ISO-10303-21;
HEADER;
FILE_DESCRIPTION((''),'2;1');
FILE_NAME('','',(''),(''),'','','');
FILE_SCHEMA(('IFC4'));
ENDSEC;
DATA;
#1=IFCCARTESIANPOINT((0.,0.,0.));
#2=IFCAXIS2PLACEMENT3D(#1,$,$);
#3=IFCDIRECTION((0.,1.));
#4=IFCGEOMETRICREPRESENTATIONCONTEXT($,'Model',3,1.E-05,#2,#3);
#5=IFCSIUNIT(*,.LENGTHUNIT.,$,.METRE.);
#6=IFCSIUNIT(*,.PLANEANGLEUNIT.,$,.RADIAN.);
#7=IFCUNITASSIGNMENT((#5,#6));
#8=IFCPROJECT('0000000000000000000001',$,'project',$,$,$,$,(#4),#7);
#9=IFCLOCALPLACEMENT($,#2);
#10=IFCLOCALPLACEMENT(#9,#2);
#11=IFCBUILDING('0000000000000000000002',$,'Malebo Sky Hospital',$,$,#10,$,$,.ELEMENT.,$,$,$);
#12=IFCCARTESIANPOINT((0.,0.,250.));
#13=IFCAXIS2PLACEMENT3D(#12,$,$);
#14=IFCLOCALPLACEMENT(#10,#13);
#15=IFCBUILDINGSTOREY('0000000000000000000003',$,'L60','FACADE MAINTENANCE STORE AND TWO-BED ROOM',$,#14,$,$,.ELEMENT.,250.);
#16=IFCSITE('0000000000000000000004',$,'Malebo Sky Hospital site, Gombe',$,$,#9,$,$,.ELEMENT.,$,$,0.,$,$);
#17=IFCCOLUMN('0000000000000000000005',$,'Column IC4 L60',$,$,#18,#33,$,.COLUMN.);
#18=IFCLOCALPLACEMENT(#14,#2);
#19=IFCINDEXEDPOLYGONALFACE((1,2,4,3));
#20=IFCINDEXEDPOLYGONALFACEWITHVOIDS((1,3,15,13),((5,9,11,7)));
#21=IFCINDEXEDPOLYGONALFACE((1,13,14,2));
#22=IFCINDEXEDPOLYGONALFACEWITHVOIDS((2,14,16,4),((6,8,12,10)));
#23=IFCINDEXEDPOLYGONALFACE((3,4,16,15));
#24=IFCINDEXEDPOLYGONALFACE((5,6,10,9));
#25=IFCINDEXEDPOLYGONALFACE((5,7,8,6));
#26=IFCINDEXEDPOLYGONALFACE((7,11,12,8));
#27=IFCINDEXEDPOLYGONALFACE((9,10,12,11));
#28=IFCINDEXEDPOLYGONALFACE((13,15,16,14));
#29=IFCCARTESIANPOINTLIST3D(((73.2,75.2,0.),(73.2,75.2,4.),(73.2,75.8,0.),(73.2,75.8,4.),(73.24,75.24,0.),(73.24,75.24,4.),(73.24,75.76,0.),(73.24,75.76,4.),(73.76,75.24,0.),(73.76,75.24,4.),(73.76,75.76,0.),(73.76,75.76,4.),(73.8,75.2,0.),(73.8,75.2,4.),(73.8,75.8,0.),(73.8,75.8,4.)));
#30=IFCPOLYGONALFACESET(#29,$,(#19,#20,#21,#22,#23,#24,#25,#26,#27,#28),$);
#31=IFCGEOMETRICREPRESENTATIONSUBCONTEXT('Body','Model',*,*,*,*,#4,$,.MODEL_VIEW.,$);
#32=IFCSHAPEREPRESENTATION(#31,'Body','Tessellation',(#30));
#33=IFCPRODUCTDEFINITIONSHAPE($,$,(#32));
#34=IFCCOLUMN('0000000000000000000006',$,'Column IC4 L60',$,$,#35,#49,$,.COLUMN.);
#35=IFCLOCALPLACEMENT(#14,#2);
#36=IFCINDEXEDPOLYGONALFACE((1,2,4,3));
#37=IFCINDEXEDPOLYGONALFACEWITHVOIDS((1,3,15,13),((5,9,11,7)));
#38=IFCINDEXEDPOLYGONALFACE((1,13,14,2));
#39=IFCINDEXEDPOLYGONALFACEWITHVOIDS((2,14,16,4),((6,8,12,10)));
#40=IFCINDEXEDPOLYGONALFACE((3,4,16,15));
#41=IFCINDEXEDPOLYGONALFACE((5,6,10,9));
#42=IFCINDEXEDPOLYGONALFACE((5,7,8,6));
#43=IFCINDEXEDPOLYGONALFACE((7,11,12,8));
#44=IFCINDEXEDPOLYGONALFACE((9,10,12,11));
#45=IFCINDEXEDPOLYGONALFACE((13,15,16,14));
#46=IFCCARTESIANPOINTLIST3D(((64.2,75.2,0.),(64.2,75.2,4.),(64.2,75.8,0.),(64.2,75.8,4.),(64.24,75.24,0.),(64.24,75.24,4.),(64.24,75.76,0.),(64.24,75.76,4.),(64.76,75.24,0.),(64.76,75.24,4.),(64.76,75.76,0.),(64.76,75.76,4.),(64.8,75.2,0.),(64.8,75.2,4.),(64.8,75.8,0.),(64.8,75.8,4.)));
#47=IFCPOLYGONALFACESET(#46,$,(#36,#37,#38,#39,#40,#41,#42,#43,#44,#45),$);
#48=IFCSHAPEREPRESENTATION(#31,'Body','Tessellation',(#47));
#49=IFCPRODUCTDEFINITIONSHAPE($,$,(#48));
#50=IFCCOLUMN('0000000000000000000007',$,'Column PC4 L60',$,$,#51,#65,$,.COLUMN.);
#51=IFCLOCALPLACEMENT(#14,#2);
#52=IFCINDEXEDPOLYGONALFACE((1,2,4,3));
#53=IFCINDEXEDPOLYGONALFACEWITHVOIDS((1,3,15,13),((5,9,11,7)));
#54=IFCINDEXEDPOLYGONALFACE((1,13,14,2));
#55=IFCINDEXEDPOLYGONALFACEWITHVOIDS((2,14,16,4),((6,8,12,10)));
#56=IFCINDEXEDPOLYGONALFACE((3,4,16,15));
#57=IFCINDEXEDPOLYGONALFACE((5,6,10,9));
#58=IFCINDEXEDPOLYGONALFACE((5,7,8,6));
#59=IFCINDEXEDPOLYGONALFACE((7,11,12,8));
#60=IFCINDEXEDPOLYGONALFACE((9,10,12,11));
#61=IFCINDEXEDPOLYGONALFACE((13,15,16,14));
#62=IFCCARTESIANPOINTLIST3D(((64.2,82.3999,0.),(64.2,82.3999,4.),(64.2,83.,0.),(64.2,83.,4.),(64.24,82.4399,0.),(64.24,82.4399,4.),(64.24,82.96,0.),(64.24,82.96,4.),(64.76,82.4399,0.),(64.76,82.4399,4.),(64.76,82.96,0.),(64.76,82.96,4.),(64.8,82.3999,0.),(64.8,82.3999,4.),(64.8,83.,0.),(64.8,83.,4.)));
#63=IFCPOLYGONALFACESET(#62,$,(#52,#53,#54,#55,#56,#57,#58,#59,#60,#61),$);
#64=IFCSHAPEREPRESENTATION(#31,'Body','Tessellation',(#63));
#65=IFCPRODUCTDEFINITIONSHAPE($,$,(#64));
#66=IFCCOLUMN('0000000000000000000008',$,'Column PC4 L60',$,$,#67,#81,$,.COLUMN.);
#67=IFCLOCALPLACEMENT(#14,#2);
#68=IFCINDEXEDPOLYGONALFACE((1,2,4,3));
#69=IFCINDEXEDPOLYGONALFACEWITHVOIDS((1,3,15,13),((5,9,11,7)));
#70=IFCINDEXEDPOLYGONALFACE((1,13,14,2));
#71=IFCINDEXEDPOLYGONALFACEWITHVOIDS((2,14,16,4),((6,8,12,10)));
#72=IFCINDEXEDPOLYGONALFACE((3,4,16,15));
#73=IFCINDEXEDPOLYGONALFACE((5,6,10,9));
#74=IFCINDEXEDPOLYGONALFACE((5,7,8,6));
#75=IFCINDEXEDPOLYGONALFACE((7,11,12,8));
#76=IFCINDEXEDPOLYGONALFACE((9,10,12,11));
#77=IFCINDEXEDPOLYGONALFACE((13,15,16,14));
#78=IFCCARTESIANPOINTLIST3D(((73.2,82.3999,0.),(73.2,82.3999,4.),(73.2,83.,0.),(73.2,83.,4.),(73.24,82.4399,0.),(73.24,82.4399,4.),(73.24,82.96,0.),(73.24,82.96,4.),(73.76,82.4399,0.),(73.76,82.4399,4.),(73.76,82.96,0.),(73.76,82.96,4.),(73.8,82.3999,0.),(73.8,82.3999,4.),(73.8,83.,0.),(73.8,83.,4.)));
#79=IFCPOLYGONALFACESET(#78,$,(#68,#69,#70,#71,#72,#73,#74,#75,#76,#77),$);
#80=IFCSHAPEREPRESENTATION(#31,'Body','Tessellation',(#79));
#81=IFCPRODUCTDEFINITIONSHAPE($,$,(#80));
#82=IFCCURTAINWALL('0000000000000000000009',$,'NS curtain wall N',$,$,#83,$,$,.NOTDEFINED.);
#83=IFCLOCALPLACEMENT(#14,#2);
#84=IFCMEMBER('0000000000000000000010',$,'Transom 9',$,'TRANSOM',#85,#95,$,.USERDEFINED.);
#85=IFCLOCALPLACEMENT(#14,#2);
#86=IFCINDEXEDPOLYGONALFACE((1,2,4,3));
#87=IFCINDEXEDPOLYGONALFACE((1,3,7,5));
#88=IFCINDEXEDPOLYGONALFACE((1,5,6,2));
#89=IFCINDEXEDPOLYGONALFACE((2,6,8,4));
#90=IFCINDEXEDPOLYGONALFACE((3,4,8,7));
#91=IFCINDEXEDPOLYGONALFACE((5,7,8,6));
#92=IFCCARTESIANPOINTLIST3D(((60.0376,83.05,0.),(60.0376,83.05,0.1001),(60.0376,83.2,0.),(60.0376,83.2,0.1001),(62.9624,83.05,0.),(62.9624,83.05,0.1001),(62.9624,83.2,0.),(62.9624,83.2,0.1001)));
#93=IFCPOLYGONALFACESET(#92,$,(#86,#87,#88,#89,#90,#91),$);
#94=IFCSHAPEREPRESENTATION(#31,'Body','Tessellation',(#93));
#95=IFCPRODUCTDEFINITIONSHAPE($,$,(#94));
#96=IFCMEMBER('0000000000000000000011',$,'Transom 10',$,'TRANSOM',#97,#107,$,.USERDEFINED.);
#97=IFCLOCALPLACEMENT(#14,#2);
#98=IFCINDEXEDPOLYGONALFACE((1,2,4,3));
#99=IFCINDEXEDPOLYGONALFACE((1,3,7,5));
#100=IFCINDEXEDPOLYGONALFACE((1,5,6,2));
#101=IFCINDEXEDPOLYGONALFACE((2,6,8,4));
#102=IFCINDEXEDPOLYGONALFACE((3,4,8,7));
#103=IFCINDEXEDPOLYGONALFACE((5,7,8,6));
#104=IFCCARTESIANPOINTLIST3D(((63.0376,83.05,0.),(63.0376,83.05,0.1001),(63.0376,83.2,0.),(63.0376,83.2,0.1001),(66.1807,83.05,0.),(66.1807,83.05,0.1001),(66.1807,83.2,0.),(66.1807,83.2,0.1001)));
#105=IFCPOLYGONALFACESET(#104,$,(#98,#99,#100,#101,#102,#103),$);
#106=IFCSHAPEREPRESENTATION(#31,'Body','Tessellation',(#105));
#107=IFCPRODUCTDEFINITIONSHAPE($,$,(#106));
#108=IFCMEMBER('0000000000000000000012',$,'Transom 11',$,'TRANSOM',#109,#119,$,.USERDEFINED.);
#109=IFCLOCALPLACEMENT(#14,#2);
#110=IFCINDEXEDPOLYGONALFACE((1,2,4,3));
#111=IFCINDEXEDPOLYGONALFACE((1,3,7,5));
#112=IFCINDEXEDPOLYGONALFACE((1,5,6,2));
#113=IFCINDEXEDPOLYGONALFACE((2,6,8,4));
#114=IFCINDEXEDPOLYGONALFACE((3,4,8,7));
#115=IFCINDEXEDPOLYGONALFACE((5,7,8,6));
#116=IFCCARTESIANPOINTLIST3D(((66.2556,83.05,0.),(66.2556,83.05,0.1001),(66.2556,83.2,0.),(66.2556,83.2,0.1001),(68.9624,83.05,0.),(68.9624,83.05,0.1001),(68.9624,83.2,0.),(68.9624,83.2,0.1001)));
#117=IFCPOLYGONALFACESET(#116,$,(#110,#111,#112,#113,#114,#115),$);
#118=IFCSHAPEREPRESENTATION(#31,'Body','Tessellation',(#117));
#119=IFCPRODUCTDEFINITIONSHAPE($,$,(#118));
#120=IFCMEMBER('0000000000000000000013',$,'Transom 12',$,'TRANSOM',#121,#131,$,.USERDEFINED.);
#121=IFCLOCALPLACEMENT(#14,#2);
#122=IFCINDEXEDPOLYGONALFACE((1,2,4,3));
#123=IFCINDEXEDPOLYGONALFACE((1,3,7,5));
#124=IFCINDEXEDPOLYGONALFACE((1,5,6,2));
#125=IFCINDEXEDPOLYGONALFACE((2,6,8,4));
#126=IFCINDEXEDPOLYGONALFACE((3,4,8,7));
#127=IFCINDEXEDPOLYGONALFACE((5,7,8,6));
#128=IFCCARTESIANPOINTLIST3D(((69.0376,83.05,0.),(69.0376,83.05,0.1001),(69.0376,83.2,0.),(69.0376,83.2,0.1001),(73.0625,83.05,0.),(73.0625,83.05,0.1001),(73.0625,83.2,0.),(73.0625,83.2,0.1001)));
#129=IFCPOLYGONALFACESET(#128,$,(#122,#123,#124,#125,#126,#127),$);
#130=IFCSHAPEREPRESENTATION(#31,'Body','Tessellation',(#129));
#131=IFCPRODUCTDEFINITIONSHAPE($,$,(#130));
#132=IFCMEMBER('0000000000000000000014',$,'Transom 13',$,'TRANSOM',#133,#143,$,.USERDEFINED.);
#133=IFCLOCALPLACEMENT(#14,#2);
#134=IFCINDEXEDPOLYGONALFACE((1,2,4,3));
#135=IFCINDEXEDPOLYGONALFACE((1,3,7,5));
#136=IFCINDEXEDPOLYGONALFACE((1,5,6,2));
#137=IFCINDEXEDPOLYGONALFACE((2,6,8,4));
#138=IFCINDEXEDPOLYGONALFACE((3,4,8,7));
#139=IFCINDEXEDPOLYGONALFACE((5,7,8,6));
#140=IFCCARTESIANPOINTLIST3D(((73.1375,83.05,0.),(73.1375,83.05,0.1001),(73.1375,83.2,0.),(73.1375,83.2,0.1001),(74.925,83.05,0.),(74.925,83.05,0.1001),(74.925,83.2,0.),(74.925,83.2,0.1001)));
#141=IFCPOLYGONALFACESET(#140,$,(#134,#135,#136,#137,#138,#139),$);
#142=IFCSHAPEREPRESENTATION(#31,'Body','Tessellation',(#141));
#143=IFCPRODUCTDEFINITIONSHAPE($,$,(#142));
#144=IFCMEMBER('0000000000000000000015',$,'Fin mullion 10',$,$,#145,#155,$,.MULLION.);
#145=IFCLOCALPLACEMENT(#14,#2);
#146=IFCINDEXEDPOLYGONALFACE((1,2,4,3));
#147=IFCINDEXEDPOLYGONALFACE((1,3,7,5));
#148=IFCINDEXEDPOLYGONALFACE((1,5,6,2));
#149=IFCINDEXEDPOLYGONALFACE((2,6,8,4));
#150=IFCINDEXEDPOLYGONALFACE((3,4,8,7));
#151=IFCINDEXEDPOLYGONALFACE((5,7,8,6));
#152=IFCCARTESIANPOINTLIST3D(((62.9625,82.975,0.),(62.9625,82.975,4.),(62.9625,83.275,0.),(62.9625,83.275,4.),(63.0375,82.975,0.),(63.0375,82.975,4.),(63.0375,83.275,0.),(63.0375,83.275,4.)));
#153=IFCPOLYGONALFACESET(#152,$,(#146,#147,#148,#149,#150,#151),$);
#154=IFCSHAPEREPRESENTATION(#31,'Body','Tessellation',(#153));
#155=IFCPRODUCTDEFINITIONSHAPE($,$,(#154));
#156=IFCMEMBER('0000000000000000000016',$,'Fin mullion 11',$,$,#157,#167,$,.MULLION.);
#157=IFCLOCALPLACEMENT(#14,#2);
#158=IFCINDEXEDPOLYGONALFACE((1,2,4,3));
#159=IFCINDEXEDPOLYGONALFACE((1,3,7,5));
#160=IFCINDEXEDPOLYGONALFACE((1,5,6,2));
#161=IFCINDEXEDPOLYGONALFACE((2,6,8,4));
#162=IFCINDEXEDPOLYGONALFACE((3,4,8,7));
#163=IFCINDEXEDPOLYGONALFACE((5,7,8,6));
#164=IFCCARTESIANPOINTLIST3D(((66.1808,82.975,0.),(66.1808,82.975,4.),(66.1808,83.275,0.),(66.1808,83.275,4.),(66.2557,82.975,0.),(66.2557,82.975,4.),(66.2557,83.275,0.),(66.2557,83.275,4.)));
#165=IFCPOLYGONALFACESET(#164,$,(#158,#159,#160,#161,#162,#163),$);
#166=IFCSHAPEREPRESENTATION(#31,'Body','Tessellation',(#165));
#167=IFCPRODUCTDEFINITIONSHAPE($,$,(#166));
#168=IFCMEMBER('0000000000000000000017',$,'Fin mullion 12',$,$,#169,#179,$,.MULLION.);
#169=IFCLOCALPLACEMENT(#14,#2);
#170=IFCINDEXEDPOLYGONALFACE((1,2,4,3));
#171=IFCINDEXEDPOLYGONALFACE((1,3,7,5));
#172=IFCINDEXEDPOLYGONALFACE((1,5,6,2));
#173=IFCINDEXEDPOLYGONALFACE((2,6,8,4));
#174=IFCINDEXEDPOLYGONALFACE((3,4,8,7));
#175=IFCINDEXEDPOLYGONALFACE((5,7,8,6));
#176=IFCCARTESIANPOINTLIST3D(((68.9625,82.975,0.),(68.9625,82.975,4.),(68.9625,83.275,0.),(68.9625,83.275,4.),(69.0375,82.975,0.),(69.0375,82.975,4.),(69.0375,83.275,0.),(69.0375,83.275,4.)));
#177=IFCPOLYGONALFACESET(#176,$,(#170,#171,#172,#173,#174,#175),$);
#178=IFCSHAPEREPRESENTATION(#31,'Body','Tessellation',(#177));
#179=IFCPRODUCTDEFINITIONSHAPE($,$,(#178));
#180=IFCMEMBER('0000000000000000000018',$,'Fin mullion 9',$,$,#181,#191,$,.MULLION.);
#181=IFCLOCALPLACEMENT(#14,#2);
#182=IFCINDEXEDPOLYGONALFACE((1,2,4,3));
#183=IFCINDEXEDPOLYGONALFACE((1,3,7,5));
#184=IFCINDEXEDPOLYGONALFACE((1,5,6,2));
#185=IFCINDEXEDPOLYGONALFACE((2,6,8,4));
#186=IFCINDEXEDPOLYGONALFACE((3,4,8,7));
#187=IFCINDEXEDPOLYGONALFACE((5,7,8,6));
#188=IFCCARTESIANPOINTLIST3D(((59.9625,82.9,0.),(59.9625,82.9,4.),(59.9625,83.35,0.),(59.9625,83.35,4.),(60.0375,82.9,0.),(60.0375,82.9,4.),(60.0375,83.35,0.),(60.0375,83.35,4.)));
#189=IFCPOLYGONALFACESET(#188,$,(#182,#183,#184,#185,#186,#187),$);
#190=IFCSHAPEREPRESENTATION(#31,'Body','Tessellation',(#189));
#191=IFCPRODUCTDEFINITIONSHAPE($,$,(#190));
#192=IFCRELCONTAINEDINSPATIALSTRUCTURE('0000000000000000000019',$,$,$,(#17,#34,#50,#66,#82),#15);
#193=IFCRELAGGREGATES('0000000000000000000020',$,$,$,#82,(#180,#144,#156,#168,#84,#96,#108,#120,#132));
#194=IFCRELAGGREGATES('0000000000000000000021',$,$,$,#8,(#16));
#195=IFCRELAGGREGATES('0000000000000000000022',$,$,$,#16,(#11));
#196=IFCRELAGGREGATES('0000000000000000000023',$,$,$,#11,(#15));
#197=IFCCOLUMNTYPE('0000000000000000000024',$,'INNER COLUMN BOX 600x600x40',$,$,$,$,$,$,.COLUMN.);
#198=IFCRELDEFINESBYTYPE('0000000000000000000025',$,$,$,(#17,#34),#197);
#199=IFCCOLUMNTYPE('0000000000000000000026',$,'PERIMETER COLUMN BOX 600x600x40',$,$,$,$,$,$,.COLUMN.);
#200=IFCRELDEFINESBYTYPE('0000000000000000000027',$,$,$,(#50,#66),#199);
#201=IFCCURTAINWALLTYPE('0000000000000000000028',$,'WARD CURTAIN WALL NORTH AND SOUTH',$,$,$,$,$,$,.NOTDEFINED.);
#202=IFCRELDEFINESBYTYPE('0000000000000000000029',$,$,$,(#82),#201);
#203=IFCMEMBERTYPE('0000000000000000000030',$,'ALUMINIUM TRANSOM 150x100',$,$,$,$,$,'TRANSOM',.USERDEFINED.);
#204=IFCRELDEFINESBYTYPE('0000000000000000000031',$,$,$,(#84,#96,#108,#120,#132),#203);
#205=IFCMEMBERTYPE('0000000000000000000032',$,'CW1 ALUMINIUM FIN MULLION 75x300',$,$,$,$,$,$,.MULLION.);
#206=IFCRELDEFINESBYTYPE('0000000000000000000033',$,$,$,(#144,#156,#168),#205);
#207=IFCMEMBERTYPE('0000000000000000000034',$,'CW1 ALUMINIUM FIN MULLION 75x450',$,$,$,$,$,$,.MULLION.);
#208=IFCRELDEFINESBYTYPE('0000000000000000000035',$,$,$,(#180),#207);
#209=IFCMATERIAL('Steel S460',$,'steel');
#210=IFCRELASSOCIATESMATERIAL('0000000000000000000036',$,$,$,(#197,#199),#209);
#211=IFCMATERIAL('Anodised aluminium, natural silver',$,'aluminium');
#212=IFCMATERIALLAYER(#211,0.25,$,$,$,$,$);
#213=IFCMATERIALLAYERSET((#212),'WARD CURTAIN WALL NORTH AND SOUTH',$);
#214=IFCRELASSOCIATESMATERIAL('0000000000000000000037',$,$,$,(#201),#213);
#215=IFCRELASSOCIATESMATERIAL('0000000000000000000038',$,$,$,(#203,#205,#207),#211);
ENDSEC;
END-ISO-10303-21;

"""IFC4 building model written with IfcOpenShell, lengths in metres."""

from ifc_helpers import new_model, si_unit, direction, frame, origin, origin_2d, place, context, subcontext, project, spatial, rectangle, hollow_rectangle, extrude, material, layer, layer_set, material_profile, profile_set, type_object, element, aggregate, save


model = new_model("IFC4")

# Units and contexts
model_context = context("Model", 3, precision=1e-05, world=origin(), true_north=direction((0.0, 1.0)))
body_context = subcontext(model_context, "Body", "Model", "MODEL_VIEW")
ifc_project = project(units=[si_unit("LENGTHUNIT", "METRE"), si_unit("PLANEANGLEUNIT", "RADIAN")], contexts=[model_context])

# Site, building, storey
site_placement = place(None, origin())
site = spatial("IfcSite", under=ifc_project, at=site_placement, Name="Malebo Sky Hospital site, Gombe", CompositionType="ELEMENT", RefElevation=0.0)
building_placement = place(site_placement, origin())
building = spatial("IfcBuilding", under=site, at=building_placement, Name="Malebo Sky Hospital", CompositionType="ELEMENT")
storey_placement = place(building_placement, frame((0.0, 0.0, 250.0)))
storey = spatial("IfcBuildingStorey", under=building, at=storey_placement, Name="L60", Description="FACADE MAINTENANCE STORE AND TWO-BED ROOM", CompositionType="ELEMENT", Elevation=250.0)

# Columns
ifc_material_1 = material(Name="Steel S460", Category="steel")
ifc_material_profile_1 = material_profile(ifc_material_1, hollow_rectangle(XDim=0.6001, YDim=0.6001, WallThickness=0.04, at=origin_2d()), Name="BOX 600x600x40")
ifc_profile_set_1 = profile_set([ifc_material_profile_1], Name="Steel S460")
column_type_1 = type_object("IfcColumnType", Name="INNER COLUMN BOX 600x600x40", PredefinedType="COLUMN", material=ifc_profile_set_1)
for number, where, z_axis, x_axis, name in (
    (1, (73.5, 75.5, 0.0), (0.0, 0.0, 1.0), (1.0, 0.0, 0.0), "Column IC4 L60"),
    (2, (64.5, 75.5, 0.0), (0.0, 0.0, 1.0), (1.0, 0.0, 0.0), "Column IC4 L60"),
):
    element("IfcColumn", number, at=place(storey_placement, frame(where, z_axis=z_axis, x_axis=x_axis)), inside=storey, type_object=column_type_1, Name=name, PredefinedType="COLUMN", context=body_context, shape_type="SweptSolid", body=[
        extrude(hollow_rectangle(XDim=0.6001, YDim=0.6001, WallThickness=0.04, at=origin_2d()), origin(), (0.0, 0.0, 1.0), 4.0),
    ])
ifc_material_profile_2 = material_profile(ifc_material_1, hollow_rectangle(XDim=0.6001, YDim=0.6001, WallThickness=0.04, at=origin_2d()), Name="BOX 600x600x40")
ifc_profile_set_2 = profile_set([ifc_material_profile_2], Name="Steel S460")
column_type_2 = type_object("IfcColumnType", Name="PERIMETER COLUMN BOX 600x600x40", PredefinedType="COLUMN", material=ifc_profile_set_2)
for number, where, z_axis, x_axis, name in (
    (3, (64.5, 82.7, 0.0), (0.0, 0.0, 1.0), (1.0, 0.0, 0.0), "Column PC4 L60"),
    (4, (73.5, 82.7, 0.0), (0.0, 0.0, 1.0), (1.0, 0.0, 0.0), "Column PC4 L60"),
):
    element("IfcColumn", number, at=place(storey_placement, frame(where, z_axis=z_axis, x_axis=x_axis)), inside=storey, type_object=column_type_2, Name=name, PredefinedType="COLUMN", context=body_context, shape_type="SweptSolid", body=[
        extrude(hollow_rectangle(XDim=0.6001, YDim=0.6001, WallThickness=0.04, at=origin_2d()), origin(), (0.0, 0.0, 1.0), 4.0),
    ])

# Curtain wall, members
ifc_material_2 = material(Name="Anodised aluminium, natural silver", Category="aluminium")
ifc_layer_1 = layer(ifc_material_2, 0.25)
ifc_layer_set_1 = layer_set([ifc_layer_1], Name="WARD CURTAIN WALL NORTH AND SOUTH")
curtain_wall_type = type_object("IfcCurtainWallType", Name="WARD CURTAIN WALL NORTH AND SOUTH", PredefinedType="NOTDEFINED", material=ifc_layer_set_1)
curtain_wall_placement = place(storey_placement, origin())
curtain_wall = element("IfcCurtainWall", 5, at=curtain_wall_placement, inside=storey, type_object=curtain_wall_type, Name="NS curtain wall N", PredefinedType="NOTDEFINED")
ifc_material_profile_3 = material_profile(ifc_material_2, rectangle(XDim=0.1499, YDim=0.1001, at=origin_2d()), Name="ALUMINIUM TRANSOM 150x100")
ifc_profile_set_3 = profile_set([ifc_material_profile_3], Name="Anodised aluminium, natural silver")
member_type_1 = type_object("IfcMemberType", Name="ALUMINIUM TRANSOM 150x100", ElementType="TRANSOM", PredefinedType="USERDEFINED", material=ifc_profile_set_3)
member_1_placement = place(storey_placement, frame((60.0376, 83.125, 0.05), z_axis=(1.0, 0.0, 0.0), x_axis=(0.0, 1.0, 0.0)))
member_1 = element("IfcMember", 6, at=member_1_placement, type_object=member_type_1, Name="Transom 9", ObjectType="TRANSOM", PredefinedType="USERDEFINED", context=body_context, shape_type="SweptSolid", body=[
    extrude(rectangle(XDim=0.1499, YDim=0.1001, at=origin_2d()), origin(), (0.0, 0.0, 1.0), 2.9248),
])
member_2_placement = place(storey_placement, frame((63.0376, 83.125, 0.05), z_axis=(1.0, 0.0, 0.0), x_axis=(0.0, 1.0, 0.0)))
member_2 = element("IfcMember", 7, at=member_2_placement, type_object=member_type_1, Name="Transom 10", ObjectType="TRANSOM", PredefinedType="USERDEFINED", context=body_context, shape_type="SweptSolid", body=[
    extrude(rectangle(XDim=0.1499, YDim=0.1001, at=origin_2d()), origin(), (0.0, 0.0, 1.0), 3.1431),
])
member_3_placement = place(storey_placement, frame((66.2556, 83.125, 0.05), z_axis=(1.0, 0.0, 0.0), x_axis=(0.0, 1.0, 0.0)))
member_3 = element("IfcMember", 8, at=member_3_placement, type_object=member_type_1, Name="Transom 11", ObjectType="TRANSOM", PredefinedType="USERDEFINED", context=body_context, shape_type="SweptSolid", body=[
    extrude(rectangle(XDim=0.1499, YDim=0.1001, at=origin_2d()), origin(), (0.0, 0.0, 1.0), 2.7068),
])
member_4_placement = place(storey_placement, frame((69.0376, 83.125, 0.05), z_axis=(1.0, 0.0, 0.0), x_axis=(0.0, 1.0, 0.0)))
member_4 = element("IfcMember", 9, at=member_4_placement, type_object=member_type_1, Name="Transom 12", ObjectType="TRANSOM", PredefinedType="USERDEFINED", context=body_context, shape_type="SweptSolid", body=[
    extrude(rectangle(XDim=0.1499, YDim=0.1001, at=origin_2d()), origin(), (0.0, 0.0, 1.0), 4.0249),
])
member_5_placement = place(storey_placement, frame((73.1375, 83.125, 0.05), z_axis=(1.0, 0.0, 0.0), x_axis=(0.0, 1.0, 0.0)))
member_5 = element("IfcMember", 10, at=member_5_placement, type_object=member_type_1, Name="Transom 13", ObjectType="TRANSOM", PredefinedType="USERDEFINED", context=body_context, shape_type="SweptSolid", body=[
    extrude(rectangle(XDim=0.1499, YDim=0.1001, at=origin_2d()), origin(), (0.0, 0.0, 1.0), 1.7876),
])
ifc_material_profile_4 = material_profile(ifc_material_2, rectangle(XDim=0.075, YDim=0.3, at=origin_2d()), Name="CW1 ALUMINIUM FIN MULLION 75x300")
ifc_profile_set_4 = profile_set([ifc_material_profile_4], Name="Anodised aluminium, natural silver")
member_type_2 = type_object("IfcMemberType", Name="CW1 ALUMINIUM FIN MULLION 75x300", PredefinedType="MULLION", material=ifc_profile_set_4)
member_6_placement = place(storey_placement, frame((63.0, 83.125, 0.0), z_axis=(0.0, 0.0, 1.0), x_axis=(1.0, 0.0, 0.0)))
member_6 = element("IfcMember", 11, at=member_6_placement, type_object=member_type_2, Name="Fin mullion 10", PredefinedType="MULLION", context=body_context, shape_type="SweptSolid", body=[
    extrude(rectangle(XDim=0.075, YDim=0.3, at=origin_2d()), origin(), (0.0, 0.0, 1.0), 4.0),
])
member_7_placement = place(storey_placement, frame((66.2183, 83.125, 0.0), z_axis=(0.0, 0.0, 1.0), x_axis=(1.0, 0.0, 0.0)))
member_7 = element("IfcMember", 12, at=member_7_placement, type_object=member_type_2, Name="Fin mullion 11", PredefinedType="MULLION", context=body_context, shape_type="SweptSolid", body=[
    extrude(rectangle(XDim=0.075, YDim=0.3, at=origin_2d()), origin(), (0.0, 0.0, 1.0), 4.0),
])
member_8_placement = place(storey_placement, frame((69.0, 83.125, 0.0), z_axis=(0.0, 0.0, 1.0), x_axis=(1.0, 0.0, 0.0)))
member_8 = element("IfcMember", 13, at=member_8_placement, type_object=member_type_2, Name="Fin mullion 12", PredefinedType="MULLION", context=body_context, shape_type="SweptSolid", body=[
    extrude(rectangle(XDim=0.075, YDim=0.3, at=origin_2d()), origin(), (0.0, 0.0, 1.0), 4.0),
])
ifc_material_profile_5 = material_profile(ifc_material_2, rectangle(XDim=0.075, YDim=0.45, at=origin_2d()), Name="CW1 ALUMINIUM FIN MULLION 75x450")
ifc_profile_set_5 = profile_set([ifc_material_profile_5], Name="Anodised aluminium, natural silver")
member_type_3 = type_object("IfcMemberType", Name="CW1 ALUMINIUM FIN MULLION 75x450", PredefinedType="MULLION", material=ifc_profile_set_5)
member_9_placement = place(storey_placement, frame((60.0, 83.125, 0.0), z_axis=(0.0, 0.0, 1.0), x_axis=(1.0, 0.0, 0.0)))
member_9 = element("IfcMember", 14, at=member_9_placement, type_object=member_type_3, Name="Fin mullion 9", PredefinedType="MULLION", context=body_context, shape_type="SweptSolid", body=[
    extrude(rectangle(XDim=0.075, YDim=0.45, at=origin_2d()), origin(), (0.0, 0.0, 1.0), 4.0),
])

aggregate(curtain_wall, [member_9, member_6, member_7, member_8, member_1, member_2, member_3, member_4, member_5])

save(model, "model.ifc")
